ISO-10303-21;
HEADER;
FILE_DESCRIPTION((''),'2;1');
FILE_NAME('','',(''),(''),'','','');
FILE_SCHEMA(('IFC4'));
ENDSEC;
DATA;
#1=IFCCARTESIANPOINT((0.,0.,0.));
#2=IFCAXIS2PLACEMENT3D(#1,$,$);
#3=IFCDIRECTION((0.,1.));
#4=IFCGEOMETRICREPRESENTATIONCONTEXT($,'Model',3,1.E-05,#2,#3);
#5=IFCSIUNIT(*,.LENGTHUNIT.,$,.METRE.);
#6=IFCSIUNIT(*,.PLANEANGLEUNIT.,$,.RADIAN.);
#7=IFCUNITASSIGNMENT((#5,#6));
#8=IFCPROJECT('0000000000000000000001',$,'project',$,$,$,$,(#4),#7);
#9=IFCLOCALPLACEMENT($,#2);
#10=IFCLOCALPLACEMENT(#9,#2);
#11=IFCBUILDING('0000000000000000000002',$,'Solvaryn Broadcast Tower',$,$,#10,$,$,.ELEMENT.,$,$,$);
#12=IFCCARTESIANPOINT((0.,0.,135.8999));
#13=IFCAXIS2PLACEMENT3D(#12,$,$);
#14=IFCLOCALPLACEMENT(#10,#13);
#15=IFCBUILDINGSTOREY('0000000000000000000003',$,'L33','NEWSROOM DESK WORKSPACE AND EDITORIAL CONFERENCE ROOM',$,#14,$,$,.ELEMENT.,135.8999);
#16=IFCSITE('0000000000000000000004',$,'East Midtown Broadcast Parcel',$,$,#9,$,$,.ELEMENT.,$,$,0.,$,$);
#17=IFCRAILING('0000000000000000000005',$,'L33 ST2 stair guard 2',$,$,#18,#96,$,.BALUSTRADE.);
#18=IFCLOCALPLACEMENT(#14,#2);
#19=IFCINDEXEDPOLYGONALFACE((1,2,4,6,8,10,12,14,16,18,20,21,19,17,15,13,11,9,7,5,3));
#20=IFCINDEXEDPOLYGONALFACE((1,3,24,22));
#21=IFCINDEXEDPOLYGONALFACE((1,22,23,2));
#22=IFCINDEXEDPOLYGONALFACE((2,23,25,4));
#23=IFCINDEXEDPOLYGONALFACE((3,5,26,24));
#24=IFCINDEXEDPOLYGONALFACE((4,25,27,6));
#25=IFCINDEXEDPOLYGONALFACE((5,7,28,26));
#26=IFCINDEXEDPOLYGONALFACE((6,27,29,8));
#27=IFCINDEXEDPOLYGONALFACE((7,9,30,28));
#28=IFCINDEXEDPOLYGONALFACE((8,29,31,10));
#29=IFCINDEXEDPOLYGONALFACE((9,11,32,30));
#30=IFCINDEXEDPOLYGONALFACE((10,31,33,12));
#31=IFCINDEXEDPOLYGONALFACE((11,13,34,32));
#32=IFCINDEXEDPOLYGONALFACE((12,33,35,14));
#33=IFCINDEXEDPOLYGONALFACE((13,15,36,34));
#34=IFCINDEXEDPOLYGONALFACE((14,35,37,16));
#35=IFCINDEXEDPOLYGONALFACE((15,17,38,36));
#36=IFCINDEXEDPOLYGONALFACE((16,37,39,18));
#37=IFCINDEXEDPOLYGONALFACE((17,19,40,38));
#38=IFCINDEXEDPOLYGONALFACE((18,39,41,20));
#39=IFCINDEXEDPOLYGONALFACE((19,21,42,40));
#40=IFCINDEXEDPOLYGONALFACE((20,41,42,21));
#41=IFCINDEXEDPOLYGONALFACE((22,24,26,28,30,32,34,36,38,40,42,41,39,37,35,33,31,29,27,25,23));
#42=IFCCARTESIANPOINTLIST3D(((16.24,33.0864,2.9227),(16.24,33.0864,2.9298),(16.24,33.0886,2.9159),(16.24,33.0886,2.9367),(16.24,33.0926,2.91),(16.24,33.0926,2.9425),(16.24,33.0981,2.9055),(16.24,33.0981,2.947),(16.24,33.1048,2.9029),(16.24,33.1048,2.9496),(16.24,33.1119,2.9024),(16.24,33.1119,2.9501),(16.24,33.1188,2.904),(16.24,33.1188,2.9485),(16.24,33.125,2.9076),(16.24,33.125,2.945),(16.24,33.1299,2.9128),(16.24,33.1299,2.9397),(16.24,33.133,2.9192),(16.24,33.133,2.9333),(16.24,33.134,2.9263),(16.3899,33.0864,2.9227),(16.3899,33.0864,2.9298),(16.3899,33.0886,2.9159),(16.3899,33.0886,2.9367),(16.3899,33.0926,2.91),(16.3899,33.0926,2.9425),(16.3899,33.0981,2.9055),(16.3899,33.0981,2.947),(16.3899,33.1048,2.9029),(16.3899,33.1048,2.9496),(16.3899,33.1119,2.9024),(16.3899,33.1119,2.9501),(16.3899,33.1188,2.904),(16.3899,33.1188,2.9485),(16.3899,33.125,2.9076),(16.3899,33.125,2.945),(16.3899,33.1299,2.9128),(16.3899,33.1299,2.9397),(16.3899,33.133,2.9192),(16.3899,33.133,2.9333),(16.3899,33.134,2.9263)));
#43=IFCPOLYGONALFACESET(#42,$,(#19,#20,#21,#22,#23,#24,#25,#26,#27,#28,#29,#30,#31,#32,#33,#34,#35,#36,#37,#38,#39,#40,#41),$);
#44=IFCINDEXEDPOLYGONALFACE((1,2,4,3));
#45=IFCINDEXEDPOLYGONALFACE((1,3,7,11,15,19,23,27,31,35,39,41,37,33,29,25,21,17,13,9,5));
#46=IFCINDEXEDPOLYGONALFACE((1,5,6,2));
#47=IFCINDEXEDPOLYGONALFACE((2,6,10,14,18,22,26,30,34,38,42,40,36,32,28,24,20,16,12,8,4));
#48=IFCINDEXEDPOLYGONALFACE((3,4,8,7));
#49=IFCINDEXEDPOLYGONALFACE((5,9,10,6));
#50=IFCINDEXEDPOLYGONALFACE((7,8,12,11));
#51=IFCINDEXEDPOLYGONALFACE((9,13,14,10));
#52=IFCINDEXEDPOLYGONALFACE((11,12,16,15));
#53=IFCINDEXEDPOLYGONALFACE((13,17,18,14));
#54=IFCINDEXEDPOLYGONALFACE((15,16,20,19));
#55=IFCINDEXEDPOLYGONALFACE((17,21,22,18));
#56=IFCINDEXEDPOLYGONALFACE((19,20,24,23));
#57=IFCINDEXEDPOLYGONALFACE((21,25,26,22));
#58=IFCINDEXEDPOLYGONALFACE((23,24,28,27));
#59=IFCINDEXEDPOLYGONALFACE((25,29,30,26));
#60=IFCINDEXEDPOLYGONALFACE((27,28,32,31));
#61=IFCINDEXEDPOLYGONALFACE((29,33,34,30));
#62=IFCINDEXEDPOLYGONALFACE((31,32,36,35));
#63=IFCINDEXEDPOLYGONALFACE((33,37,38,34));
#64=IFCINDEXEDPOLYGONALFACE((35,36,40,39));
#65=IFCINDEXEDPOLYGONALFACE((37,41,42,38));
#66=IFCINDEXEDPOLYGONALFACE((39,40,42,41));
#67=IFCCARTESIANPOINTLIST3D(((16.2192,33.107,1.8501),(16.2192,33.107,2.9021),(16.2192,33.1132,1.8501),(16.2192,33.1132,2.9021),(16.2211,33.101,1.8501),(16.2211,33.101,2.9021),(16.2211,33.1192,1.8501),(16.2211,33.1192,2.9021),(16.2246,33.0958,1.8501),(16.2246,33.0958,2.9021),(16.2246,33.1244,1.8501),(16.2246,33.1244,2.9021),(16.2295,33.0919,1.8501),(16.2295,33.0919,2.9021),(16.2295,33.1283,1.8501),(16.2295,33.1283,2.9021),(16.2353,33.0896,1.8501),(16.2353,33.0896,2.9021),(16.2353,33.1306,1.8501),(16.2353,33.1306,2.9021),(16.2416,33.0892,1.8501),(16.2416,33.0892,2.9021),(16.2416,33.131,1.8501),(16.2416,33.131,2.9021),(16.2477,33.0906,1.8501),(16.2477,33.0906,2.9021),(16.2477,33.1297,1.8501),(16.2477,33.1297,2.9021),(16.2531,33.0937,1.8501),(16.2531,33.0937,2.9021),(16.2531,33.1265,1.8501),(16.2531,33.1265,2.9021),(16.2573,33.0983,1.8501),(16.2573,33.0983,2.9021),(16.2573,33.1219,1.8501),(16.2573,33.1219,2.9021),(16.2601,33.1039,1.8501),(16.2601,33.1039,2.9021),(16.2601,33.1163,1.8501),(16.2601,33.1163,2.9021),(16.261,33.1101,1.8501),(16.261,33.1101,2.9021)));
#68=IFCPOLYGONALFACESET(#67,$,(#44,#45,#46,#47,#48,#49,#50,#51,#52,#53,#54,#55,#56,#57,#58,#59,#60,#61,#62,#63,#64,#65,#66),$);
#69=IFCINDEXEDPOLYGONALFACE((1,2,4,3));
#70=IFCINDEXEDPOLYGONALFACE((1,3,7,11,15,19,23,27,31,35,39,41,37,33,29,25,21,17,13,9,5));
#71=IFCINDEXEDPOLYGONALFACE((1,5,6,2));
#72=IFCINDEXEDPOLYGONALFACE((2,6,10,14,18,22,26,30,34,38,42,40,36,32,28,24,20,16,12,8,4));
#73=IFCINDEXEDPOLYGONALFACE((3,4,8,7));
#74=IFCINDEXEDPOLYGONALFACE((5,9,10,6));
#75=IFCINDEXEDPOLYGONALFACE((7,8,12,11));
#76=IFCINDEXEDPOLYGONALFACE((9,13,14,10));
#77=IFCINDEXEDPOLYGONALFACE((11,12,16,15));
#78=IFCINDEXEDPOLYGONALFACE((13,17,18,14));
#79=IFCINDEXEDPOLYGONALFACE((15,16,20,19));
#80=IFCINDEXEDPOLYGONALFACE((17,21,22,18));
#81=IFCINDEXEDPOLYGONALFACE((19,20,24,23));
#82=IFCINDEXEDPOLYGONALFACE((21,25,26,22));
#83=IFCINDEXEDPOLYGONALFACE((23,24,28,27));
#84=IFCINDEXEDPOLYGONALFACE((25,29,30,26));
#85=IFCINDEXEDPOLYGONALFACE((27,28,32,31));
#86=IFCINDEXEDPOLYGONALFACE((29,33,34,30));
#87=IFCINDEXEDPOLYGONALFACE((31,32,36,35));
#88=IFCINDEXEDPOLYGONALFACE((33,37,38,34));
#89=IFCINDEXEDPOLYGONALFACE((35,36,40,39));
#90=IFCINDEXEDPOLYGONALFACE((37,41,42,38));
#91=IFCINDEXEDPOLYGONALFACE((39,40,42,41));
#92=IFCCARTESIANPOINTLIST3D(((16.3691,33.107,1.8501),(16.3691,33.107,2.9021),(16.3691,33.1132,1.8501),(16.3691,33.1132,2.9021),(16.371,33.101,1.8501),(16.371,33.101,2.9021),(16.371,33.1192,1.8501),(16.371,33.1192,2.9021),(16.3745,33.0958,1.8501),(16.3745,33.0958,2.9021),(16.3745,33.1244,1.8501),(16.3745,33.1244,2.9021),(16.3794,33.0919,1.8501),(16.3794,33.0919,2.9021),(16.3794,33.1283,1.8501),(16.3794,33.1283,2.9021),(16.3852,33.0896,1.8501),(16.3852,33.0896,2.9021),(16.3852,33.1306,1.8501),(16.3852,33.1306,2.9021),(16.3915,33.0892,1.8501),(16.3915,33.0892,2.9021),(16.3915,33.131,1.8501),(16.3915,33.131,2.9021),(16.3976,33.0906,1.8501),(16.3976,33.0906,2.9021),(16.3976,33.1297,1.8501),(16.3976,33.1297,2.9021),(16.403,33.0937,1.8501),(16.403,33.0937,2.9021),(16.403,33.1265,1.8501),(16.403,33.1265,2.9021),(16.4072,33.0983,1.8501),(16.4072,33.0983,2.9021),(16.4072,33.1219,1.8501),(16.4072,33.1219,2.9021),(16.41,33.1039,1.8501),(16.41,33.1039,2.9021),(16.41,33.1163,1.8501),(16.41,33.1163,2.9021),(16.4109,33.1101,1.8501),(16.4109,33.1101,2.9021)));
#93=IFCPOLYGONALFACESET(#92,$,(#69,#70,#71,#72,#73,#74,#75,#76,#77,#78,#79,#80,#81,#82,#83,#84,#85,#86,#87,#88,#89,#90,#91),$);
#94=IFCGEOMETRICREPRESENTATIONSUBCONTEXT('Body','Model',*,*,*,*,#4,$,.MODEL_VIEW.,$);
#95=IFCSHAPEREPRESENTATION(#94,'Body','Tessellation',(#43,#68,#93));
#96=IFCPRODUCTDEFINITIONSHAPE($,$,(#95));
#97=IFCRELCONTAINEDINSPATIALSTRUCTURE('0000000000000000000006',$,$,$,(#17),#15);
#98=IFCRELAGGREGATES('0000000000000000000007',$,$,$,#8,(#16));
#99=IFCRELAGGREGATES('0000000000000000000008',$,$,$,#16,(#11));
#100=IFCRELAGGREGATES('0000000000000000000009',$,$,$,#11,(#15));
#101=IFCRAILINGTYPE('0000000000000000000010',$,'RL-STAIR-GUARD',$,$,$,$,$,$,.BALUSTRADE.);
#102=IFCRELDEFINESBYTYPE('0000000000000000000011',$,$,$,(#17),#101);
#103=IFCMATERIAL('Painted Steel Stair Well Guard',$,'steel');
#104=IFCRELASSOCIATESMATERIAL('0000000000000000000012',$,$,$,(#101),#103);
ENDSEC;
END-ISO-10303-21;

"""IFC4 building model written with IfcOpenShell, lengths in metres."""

from ifc_helpers import new_model, si_unit, direction, frame, origin, origin_2d, place, context, subcontext, project, spatial, circle, extrude, material, type_object, element, save


model = new_model("IFC4")

# Units and contexts
model_context = context("Model", 3, precision=1e-05, world=origin(), true_north=direction((0.0, 1.0)))
body_context = subcontext(model_context, "Body", "Model", "MODEL_VIEW")
ifc_project = project(units=[si_unit("LENGTHUNIT", "METRE"), si_unit("PLANEANGLEUNIT", "RADIAN")], contexts=[model_context])

# Site, building, storey
site_placement = place(None, origin())
site = spatial("IfcSite", under=ifc_project, at=site_placement, Name="East Midtown Broadcast Parcel", CompositionType="ELEMENT", RefElevation=0.0)
building_placement = place(site_placement, origin())
building = spatial("IfcBuilding", under=site, at=building_placement, Name="Solvaryn Broadcast Tower", CompositionType="ELEMENT")
storey_placement = place(building_placement, frame((0.0, 0.0, 135.8999)))
storey = spatial("IfcBuildingStorey", under=building, at=storey_placement, Name="L33", Description="NEWSROOM DESK WORKSPACE AND EDITORIAL CONFERENCE ROOM", CompositionType="ELEMENT", Elevation=135.8999)

# Railing
ifc_material_1 = material(Name="Painted Steel Stair Well Guard", Category="steel")
railing_type_1 = type_object("IfcRailingType", Name="RL-STAIR-GUARD", PredefinedType="BALUSTRADE", material=ifc_material_1)
railing_1_placement = place(storey_placement, frame((16.24, 33.1101, 1.8501)))
element("IfcRailing", 1, at=railing_1_placement, inside=storey, type_object=railing_type_1, Name="L33 ST2 stair guard 2", PredefinedType="BALUSTRADE", context=body_context, shape_type="SweptSolid", body=[
    extrude(circle(Radius=0.0239, at=origin_2d()), frame((0.0, 0.0, 1.0762), z_axis=(1.0, 0.0, 0.0), x_axis=(0.0, 1.0, 0.0)), (0.0, 0.0, 1.0), 0.1499),
    extrude(circle(Radius=0.021, at=origin_2d()), origin(), (0.0, 0.0, 1.0), 1.052),
    extrude(circle(Radius=0.021, at=origin_2d()), frame((0.1499, 0.0, 0.0)), (0.0, 0.0, 1.0), 1.052),
])

save(model, "model.ifc")
